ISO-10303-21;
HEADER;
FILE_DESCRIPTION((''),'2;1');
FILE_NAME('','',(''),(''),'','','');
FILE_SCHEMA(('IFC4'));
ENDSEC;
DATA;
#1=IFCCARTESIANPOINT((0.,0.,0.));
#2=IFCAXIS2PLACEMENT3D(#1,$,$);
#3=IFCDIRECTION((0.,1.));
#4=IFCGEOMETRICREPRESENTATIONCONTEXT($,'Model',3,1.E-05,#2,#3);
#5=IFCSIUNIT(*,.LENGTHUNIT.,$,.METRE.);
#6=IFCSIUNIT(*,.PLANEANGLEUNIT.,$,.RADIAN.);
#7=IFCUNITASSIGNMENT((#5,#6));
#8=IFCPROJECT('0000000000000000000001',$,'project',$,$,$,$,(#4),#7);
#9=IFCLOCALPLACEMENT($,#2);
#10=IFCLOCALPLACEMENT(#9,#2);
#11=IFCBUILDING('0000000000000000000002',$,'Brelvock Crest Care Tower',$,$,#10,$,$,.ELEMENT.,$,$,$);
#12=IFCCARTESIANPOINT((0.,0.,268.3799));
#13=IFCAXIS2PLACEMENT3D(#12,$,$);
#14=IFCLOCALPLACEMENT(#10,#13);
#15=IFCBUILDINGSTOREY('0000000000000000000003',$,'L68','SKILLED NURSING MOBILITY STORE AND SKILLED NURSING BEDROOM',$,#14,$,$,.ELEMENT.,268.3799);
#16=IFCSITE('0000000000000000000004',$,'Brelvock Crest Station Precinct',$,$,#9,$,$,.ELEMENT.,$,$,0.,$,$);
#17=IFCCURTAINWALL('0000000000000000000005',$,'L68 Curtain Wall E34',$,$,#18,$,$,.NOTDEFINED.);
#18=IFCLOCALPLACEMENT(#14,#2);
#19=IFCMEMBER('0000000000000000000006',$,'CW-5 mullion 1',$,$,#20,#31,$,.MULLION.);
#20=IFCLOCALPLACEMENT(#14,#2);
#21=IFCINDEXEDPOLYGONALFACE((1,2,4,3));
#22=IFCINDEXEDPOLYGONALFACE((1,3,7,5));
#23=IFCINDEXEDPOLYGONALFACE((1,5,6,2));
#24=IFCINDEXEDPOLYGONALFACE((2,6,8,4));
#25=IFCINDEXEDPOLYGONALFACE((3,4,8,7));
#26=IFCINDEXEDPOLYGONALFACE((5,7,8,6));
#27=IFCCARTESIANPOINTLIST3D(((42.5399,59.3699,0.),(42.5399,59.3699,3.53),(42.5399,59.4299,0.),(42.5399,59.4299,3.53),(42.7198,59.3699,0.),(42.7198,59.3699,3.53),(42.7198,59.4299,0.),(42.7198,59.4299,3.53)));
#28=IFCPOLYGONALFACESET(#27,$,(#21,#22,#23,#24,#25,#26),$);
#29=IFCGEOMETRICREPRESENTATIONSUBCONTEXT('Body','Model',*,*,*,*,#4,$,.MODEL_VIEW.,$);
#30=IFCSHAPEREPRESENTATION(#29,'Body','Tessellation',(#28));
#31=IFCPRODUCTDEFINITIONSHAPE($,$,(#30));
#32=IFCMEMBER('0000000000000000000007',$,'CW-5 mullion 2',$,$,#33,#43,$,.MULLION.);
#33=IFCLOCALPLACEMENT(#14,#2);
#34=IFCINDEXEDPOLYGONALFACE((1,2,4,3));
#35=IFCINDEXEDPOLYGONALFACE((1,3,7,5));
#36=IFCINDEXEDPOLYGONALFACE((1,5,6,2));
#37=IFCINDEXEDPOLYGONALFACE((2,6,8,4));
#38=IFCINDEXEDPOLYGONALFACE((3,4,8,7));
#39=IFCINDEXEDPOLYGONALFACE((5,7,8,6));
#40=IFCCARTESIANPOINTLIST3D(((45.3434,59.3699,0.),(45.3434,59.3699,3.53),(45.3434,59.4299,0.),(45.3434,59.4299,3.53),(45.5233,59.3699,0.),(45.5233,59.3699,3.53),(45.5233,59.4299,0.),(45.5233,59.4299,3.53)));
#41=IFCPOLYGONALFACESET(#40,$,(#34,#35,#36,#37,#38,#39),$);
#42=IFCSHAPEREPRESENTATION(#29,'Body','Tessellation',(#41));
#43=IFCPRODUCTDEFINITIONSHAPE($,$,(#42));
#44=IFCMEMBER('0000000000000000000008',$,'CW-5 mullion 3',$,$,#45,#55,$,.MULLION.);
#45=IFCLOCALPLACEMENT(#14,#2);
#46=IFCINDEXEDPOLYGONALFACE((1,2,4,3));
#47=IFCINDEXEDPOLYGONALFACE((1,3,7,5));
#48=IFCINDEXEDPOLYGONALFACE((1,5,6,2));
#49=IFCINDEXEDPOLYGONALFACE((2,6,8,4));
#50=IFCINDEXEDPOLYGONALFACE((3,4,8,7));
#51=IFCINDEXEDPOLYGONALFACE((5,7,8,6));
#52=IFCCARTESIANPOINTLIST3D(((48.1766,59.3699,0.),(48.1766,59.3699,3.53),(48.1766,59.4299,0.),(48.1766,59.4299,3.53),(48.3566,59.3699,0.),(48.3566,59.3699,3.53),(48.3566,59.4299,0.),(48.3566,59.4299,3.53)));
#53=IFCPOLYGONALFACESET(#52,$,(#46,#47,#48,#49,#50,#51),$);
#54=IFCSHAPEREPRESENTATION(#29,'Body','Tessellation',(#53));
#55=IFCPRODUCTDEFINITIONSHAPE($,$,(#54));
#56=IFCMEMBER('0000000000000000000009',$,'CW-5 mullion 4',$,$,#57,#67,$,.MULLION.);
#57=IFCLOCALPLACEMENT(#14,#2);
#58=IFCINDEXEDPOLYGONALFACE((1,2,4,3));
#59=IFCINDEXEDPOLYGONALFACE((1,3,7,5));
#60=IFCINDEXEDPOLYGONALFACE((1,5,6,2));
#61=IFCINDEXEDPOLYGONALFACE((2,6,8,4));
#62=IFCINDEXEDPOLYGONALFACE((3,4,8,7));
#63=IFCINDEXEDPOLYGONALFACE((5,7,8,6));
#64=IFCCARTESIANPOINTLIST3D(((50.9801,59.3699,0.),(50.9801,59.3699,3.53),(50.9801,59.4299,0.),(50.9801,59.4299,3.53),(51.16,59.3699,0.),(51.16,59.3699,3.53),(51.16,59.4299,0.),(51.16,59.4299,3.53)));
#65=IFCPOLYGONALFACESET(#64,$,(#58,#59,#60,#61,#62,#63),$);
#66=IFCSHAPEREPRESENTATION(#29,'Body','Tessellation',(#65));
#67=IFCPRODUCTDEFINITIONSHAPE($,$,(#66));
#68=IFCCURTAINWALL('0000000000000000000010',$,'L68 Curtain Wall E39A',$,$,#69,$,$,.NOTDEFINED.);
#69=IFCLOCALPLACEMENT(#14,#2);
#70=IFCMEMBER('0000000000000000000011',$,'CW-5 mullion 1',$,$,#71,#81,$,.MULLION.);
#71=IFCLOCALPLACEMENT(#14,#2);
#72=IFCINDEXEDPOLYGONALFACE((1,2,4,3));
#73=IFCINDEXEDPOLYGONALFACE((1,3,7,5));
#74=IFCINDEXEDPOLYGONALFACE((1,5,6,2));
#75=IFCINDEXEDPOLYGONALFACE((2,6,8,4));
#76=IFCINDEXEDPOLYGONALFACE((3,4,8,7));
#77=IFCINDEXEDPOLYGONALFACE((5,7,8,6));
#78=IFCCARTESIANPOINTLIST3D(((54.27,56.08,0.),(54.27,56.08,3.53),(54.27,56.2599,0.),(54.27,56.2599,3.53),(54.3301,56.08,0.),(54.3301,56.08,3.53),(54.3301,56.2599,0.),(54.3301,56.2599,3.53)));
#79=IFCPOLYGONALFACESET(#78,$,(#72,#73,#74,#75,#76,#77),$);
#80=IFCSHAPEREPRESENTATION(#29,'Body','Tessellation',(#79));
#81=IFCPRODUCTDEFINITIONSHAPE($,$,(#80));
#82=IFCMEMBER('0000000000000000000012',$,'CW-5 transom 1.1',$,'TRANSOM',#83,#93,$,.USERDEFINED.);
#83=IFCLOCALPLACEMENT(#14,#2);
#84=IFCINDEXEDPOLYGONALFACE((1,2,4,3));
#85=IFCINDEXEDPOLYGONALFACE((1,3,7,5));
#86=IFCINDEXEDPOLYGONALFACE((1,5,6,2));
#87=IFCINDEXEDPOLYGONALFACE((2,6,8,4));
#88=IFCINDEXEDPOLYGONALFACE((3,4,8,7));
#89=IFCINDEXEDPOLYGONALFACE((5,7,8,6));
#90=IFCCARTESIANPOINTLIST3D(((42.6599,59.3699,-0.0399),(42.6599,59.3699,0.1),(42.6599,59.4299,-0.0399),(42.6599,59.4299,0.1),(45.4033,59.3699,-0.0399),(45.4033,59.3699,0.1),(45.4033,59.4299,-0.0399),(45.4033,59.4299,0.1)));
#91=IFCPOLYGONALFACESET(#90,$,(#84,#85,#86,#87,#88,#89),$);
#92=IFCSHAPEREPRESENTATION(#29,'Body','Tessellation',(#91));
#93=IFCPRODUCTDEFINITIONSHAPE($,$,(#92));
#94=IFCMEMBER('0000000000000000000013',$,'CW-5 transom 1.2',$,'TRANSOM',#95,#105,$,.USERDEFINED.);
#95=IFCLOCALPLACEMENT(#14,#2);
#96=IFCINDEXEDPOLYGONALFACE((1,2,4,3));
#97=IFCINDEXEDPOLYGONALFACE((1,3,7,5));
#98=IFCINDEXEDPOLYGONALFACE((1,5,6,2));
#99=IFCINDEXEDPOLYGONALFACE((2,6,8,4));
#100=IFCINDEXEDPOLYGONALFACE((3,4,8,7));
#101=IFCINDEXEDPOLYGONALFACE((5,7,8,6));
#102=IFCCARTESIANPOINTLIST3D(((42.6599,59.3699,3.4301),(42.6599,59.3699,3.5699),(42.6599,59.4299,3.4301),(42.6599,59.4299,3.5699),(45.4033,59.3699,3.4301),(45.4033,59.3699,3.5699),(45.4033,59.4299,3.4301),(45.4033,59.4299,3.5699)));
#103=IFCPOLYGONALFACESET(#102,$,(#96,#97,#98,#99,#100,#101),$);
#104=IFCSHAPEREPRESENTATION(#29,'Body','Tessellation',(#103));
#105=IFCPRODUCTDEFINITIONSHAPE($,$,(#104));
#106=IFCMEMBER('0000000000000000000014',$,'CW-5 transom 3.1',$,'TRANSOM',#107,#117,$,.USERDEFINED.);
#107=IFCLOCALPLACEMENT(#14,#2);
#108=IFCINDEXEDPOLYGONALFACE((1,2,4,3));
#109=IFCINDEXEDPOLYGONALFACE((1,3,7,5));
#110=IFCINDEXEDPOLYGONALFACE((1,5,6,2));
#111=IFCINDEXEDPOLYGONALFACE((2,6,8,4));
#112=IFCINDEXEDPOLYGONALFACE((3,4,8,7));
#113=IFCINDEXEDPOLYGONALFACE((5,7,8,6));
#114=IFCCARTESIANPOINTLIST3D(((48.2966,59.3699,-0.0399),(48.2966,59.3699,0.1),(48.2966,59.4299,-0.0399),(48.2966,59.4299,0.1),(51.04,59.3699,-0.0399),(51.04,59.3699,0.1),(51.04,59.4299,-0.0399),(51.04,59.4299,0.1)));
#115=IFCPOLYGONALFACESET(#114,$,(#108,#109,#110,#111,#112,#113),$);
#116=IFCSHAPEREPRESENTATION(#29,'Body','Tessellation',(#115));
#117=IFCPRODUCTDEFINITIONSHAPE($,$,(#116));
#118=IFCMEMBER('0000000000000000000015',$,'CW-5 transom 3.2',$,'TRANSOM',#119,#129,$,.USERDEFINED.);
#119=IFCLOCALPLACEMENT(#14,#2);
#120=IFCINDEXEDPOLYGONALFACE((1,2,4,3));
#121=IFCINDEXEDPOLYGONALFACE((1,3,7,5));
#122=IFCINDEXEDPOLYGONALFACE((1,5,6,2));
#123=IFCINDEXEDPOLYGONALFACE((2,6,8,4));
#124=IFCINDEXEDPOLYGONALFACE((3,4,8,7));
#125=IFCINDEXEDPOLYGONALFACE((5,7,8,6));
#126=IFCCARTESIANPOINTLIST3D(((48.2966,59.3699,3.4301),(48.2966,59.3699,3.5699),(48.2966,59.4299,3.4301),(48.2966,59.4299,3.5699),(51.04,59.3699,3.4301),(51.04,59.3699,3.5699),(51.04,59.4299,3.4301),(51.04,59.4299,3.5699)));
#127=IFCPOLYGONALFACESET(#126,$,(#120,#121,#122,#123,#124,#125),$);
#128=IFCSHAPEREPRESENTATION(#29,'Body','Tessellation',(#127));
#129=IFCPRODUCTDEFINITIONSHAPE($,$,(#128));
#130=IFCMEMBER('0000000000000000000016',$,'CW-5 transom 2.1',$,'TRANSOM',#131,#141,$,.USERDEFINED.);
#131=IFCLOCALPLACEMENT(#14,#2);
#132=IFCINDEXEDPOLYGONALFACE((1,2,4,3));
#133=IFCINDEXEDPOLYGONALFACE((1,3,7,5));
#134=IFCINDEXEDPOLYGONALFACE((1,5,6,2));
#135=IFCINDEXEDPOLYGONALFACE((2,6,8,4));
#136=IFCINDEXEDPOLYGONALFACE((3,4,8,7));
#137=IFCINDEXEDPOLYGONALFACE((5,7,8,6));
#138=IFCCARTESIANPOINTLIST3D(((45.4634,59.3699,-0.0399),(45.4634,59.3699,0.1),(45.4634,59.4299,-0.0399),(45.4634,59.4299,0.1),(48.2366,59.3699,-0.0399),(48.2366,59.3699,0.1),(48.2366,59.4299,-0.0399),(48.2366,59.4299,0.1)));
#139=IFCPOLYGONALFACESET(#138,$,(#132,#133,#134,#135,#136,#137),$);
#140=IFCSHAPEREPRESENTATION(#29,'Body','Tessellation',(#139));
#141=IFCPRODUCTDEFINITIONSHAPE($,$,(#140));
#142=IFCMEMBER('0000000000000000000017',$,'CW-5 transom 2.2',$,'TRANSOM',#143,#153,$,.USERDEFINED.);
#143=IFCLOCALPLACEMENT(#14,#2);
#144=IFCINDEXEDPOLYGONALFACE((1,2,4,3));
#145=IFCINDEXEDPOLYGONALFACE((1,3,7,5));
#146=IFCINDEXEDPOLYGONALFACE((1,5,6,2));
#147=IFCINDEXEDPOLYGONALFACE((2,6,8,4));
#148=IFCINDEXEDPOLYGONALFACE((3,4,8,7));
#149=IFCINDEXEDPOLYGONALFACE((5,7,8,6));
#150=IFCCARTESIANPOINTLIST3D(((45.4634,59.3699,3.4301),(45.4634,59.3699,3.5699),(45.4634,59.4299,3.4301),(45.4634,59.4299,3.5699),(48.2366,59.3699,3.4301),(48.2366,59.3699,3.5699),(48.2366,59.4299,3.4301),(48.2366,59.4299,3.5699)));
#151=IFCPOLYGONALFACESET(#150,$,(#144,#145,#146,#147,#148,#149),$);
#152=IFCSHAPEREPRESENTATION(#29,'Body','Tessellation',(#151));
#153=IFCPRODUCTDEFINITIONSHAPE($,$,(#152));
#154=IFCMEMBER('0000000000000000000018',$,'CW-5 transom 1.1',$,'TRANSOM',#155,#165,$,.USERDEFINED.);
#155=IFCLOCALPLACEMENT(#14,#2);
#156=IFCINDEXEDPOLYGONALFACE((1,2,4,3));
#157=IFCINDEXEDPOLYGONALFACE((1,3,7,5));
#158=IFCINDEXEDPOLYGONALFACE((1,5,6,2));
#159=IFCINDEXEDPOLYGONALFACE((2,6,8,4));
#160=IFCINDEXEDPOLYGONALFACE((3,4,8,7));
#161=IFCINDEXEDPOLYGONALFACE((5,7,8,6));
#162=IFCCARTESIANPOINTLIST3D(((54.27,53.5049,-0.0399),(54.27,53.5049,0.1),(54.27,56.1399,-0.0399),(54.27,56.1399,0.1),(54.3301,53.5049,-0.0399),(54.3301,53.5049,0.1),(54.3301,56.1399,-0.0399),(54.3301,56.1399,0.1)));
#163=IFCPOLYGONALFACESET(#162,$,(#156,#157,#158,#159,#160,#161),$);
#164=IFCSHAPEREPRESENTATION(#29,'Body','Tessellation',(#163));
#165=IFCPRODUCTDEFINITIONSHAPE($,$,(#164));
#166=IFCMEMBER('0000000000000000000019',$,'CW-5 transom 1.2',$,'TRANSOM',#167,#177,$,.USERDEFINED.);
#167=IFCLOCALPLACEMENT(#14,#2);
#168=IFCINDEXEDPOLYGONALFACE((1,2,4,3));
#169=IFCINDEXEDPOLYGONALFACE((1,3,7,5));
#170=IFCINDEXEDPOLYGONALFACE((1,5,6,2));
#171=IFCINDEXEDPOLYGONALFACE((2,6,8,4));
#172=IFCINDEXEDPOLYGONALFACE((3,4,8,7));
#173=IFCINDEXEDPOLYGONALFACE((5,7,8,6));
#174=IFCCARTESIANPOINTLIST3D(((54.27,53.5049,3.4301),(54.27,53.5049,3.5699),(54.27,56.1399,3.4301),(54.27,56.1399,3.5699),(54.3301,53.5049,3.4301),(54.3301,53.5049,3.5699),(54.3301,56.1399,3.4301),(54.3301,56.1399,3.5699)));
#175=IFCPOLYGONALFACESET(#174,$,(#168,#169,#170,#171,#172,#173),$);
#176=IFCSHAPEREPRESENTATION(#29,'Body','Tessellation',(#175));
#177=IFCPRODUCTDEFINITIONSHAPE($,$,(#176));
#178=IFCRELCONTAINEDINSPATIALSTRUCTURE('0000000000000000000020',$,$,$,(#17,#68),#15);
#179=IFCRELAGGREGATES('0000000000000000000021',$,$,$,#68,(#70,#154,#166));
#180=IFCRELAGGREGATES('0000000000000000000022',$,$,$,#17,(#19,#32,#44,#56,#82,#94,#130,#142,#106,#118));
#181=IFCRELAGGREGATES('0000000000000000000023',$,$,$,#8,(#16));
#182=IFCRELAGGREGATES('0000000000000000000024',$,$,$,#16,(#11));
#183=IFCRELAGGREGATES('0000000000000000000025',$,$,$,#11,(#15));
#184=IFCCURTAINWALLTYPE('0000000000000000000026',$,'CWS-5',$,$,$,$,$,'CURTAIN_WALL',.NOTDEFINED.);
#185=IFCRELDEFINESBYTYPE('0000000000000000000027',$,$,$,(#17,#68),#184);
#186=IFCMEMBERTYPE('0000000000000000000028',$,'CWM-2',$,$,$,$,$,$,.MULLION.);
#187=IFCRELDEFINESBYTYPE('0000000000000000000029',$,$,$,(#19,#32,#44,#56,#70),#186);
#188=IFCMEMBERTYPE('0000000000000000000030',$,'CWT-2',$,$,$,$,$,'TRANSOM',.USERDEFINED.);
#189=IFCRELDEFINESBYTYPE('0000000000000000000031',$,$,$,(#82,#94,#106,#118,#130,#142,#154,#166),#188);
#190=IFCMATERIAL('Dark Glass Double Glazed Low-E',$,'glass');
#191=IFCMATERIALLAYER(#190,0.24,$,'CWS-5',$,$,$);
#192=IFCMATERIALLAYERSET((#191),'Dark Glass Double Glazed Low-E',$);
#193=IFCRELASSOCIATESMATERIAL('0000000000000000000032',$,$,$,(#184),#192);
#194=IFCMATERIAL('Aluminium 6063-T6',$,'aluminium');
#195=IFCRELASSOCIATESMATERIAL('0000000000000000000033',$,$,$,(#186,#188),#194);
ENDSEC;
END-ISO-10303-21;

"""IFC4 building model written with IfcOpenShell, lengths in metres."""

from ifc_helpers import new_model, si_unit, direction, frame, origin, origin_2d, place, context, subcontext, project, spatial, rectangle, extrude, source, transform, mapped, material, layer, layer_set, material_profile, profile_set, type_object, element, aggregate, save


model = new_model("IFC4")

# Units and contexts
model_context = context("Model", 3, precision=1e-05, world=origin(), true_north=direction((0.0, 1.0)))
body_context = subcontext(model_context, "Body", "Model", "MODEL_VIEW")
ifc_project = project(units=[si_unit("LENGTHUNIT", "METRE"), si_unit("PLANEANGLEUNIT", "RADIAN")], contexts=[model_context])

# Site, building, storey
site_placement = place(None, origin())
site = spatial("IfcSite", under=ifc_project, at=site_placement, Name="Brelvock Crest Station Precinct", CompositionType="ELEMENT", RefElevation=0.0)
building_placement = place(site_placement, origin())
building = spatial("IfcBuilding", under=site, at=building_placement, Name="Brelvock Crest Care Tower", CompositionType="ELEMENT")
storey_placement = place(building_placement, frame((0.0, 0.0, 268.3799)))
storey = spatial("IfcBuildingStorey", under=building, at=storey_placement, Name="L68", Description="SKILLED NURSING MOBILITY STORE AND SKILLED NURSING BEDROOM", CompositionType="ELEMENT", Elevation=268.3799)

# Curtain wall, members
ifc_material_1 = material(Name="Dark Glass Double Glazed Low-E", Category="glass")
ifc_layer_1 = layer(ifc_material_1, 0.24, Name="CWS-5")
ifc_layer_set_1 = layer_set([ifc_layer_1], Name="Dark Glass Double Glazed Low-E")
curtain_wall_type = type_object("IfcCurtainWallType", Name="CWS-5", ElementType="CURTAIN_WALL", PredefinedType="NOTDEFINED", material=ifc_layer_set_1)
curtain_wall_1_placement = place(storey_placement, origin())
curtain_wall_1 = element("IfcCurtainWall", 1, at=curtain_wall_1_placement, inside=storey, type_object=curtain_wall_type, Name="L68 Curtain Wall E34", PredefinedType="NOTDEFINED")
ifc_material_2 = material(Name="Aluminium 6063-T6", Category="aluminium")
ifc_material_profile_1 = material_profile(ifc_material_2, rectangle(XDim=0.0601, YDim=0.1799, at=origin_2d()), Name="ALU60x180")
ifc_profile_set_1 = profile_set([ifc_material_profile_1], Name="Aluminium 6063-T6")
member_type_1 = type_object("IfcMemberType", Name="CWM-2", PredefinedType="MULLION", material=ifc_profile_set_1)
shared_shape_1 = source(origin(), body_context, "Body", "SweptSolid", [
    extrude(rectangle(XDim=0.0601, YDim=0.1799, at=origin_2d()), origin(), (0.0, 0.0, 1.0), 3.53),
])
member_1_placement = place(storey_placement, frame((42.6299, 59.3999, 0.0), z_axis=(0.0, 0.0, 1.0), x_axis=(0.0, 1.0, 0.0)))
member_1 = element("IfcMember", 2, at=member_1_placement, type_object=member_type_1, Name="CW-5 mullion 1", PredefinedType="MULLION", context=body_context, shape_type="MappedRepresentation", body=[
    mapped(shared_shape_1, transform((0.0, 0.0, 0.0), x_axis=(1.0, 0.0, 0.0), y_axis=(0.0, 1.0, 0.0), z_axis=(0.0, 0.0, 1.0), scale=1.0)),
])
member_2_placement = place(storey_placement, frame((45.4333, 59.3999, 0.0), z_axis=(0.0, 0.0, 1.0), x_axis=(0.0, 1.0, 0.0)))
member_2 = element("IfcMember", 3, at=member_2_placement, type_object=member_type_1, Name="CW-5 mullion 2", PredefinedType="MULLION", context=body_context, shape_type="MappedRepresentation", body=[
    mapped(shared_shape_1, transform((0.0, 0.0, 0.0), x_axis=(1.0, 0.0, 0.0), y_axis=(0.0, 1.0, 0.0), z_axis=(0.0, 0.0, 1.0), scale=1.0)),
])
member_3_placement = place(storey_placement, frame((48.2666, 59.3999, 0.0), z_axis=(0.0, 0.0, 1.0), x_axis=(0.0, 1.0, 0.0)))
member_3 = element("IfcMember", 4, at=member_3_placement, type_object=member_type_1, Name="CW-5 mullion 3", PredefinedType="MULLION", context=body_context, shape_type="MappedRepresentation", body=[
    mapped(shared_shape_1, transform((0.0, 0.0, 0.0), x_axis=(1.0, 0.0, 0.0), y_axis=(0.0, 1.0, 0.0), z_axis=(0.0, 0.0, 1.0), scale=1.0)),
])
member_4_placement = place(storey_placement, frame((51.0701, 59.3999, 0.0), z_axis=(0.0, 0.0, 1.0), x_axis=(0.0, 1.0, 0.0)))
member_4 = element("IfcMember", 5, at=member_4_placement, type_object=member_type_1, Name="CW-5 mullion 4", PredefinedType="MULLION", context=body_context, shape_type="MappedRepresentation", body=[
    mapped(shared_shape_1, transform((0.0, 0.0, 0.0), x_axis=(1.0, 0.0, 0.0), y_axis=(0.0, 1.0, 0.0), z_axis=(0.0, 0.0, 1.0), scale=1.0)),
])

# Curtain wall, member
curtain_wall_2_placement = place(storey_placement, origin())
curtain_wall_2 = element("IfcCurtainWall", 6, at=curtain_wall_2_placement, inside=storey, type_object=curtain_wall_type, Name="L68 Curtain Wall E39A", PredefinedType="NOTDEFINED")
member_5_placement = place(storey_placement, frame((54.3, 56.1699, 0.0), z_axis=(0.0, 0.0, 1.0), x_axis=(1.0, 0.0, 0.0)))
member_5 = element("IfcMember", 7, at=member_5_placement, type_object=member_type_1, Name="CW-5 mullion 1", PredefinedType="MULLION", context=body_context, shape_type="MappedRepresentation", body=[
    mapped(shared_shape_1, transform((0.0, 0.0, 0.0), x_axis=(1.0, 0.0, 0.0), y_axis=(0.0, 1.0, 0.0), z_axis=(0.0, 0.0, 1.0), scale=1.0)),
])

# Members
ifc_material_profile_2 = material_profile(ifc_material_2, rectangle(XDim=0.0601, YDim=0.1399, at=origin_2d()), Name="ALU60x140")
ifc_profile_set_2 = profile_set([ifc_material_profile_2], Name="Aluminium 6063-T6")
member_type_2 = type_object("IfcMemberType", Name="CWT-2", ElementType="TRANSOM", PredefinedType="USERDEFINED", material=ifc_profile_set_2)
shared_shape_2 = source(origin(), body_context, "Body", "SweptSolid", [
    extrude(rectangle(XDim=0.0601, YDim=0.1399, at=origin_2d()), origin(), (0.0, 0.0, 1.0), 2.7434),
])
member_6_placement = place(storey_placement, frame((42.6599, 59.3999, 0.03), z_axis=(1.0, 0.0, 0.0), x_axis=(0.0, 1.0, 0.0)))
member_6 = element("IfcMember", 8, at=member_6_placement, type_object=member_type_2, Name="CW-5 transom 1.1", ObjectType="TRANSOM", PredefinedType="USERDEFINED", context=body_context, shape_type="MappedRepresentation", body=[
    mapped(shared_shape_2, transform((0.0, 0.0, 0.0), x_axis=(1.0, 0.0, 0.0), y_axis=(0.0, 1.0, 0.0), z_axis=(0.0, 0.0, 1.0), scale=1.0)),
])
member_7_placement = place(storey_placement, frame((42.6599, 59.3999, 3.5), z_axis=(1.0, 0.0, 0.0), x_axis=(0.0, 1.0, 0.0)))
member_7 = element("IfcMember", 9, at=member_7_placement, type_object=member_type_2, Name="CW-5 transom 1.2", ObjectType="TRANSOM", PredefinedType="USERDEFINED", context=body_context, shape_type="MappedRepresentation", body=[
    mapped(shared_shape_2, transform((0.0, 0.0, 0.0), x_axis=(1.0, 0.0, 0.0), y_axis=(0.0, 1.0, 0.0), z_axis=(0.0, 0.0, 1.0), scale=1.0)),
])
member_8_placement = place(storey_placement, frame((48.2966, 59.3999, 0.03), z_axis=(1.0, 0.0, 0.0), x_axis=(0.0, 1.0, 0.0)))
member_8 = element("IfcMember", 10, at=member_8_placement, type_object=member_type_2, Name="CW-5 transom 3.1", ObjectType="TRANSOM", PredefinedType="USERDEFINED", context=body_context, shape_type="MappedRepresentation", body=[
    mapped(shared_shape_2, transform((0.0, 0.0, 0.0), x_axis=(1.0, 0.0, 0.0), y_axis=(0.0, 1.0, 0.0), z_axis=(0.0, 0.0, 1.0), scale=1.0)),
])
member_9_placement = place(storey_placement, frame((48.2966, 59.3999, 3.5), z_axis=(1.0, 0.0, 0.0), x_axis=(0.0, 1.0, 0.0)))
member_9 = element("IfcMember", 11, at=member_9_placement, type_object=member_type_2, Name="CW-5 transom 3.2", ObjectType="TRANSOM", PredefinedType="USERDEFINED", context=body_context, shape_type="MappedRepresentation", body=[
    mapped(shared_shape_2, transform((0.0, 0.0, 0.0), x_axis=(1.0, 0.0, 0.0), y_axis=(0.0, 1.0, 0.0), z_axis=(0.0, 0.0, 1.0), scale=1.0)),
])
shared_shape_3 = source(origin(), body_context, "Body", "SweptSolid", [
    extrude(rectangle(XDim=0.0601, YDim=0.1399, at=origin_2d()), origin(), (0.0, 0.0, 1.0), 2.7732),
])
member_10_placement = place(storey_placement, frame((45.4634, 59.3999, 0.03), z_axis=(1.0, 0.0, 0.0), x_axis=(0.0, 1.0, 0.0)))
member_10 = element("IfcMember", 12, at=member_10_placement, type_object=member_type_2, Name="CW-5 transom 2.1", ObjectType="TRANSOM", PredefinedType="USERDEFINED", context=body_context, shape_type="MappedRepresentation", body=[
    mapped(shared_shape_3, transform((0.0, 0.0, 0.0), x_axis=(1.0, 0.0, 0.0), y_axis=(0.0, 1.0, 0.0), z_axis=(0.0, 0.0, 1.0), scale=1.0)),
])
member_11_placement = place(storey_placement, frame((45.4634, 59.3999, 3.5), z_axis=(1.0, 0.0, 0.0), x_axis=(0.0, 1.0, 0.0)))
member_11 = element("IfcMember", 13, at=member_11_placement, type_object=member_type_2, Name="CW-5 transom 2.2", ObjectType="TRANSOM", PredefinedType="USERDEFINED", context=body_context, shape_type="MappedRepresentation", body=[
    mapped(shared_shape_3, transform((0.0, 0.0, 0.0), x_axis=(1.0, 0.0, 0.0), y_axis=(0.0, 1.0, 0.0), z_axis=(0.0, 0.0, 1.0), scale=1.0)),
])
shared_shape_4 = source(origin(), body_context, "Body", "SweptSolid", [
    extrude(rectangle(XDim=0.0601, YDim=0.1399, at=origin_2d()), origin(), (0.0, 0.0, 1.0), 2.635),
])
member_12_placement = place(storey_placement, frame((54.3, 56.1399, 0.03), z_axis=(0.0, -1.0, 0.0), x_axis=(1.0, 0.0, 0.0)))
member_12 = element("IfcMember", 14, at=member_12_placement, type_object=member_type_2, Name="CW-5 transom 1.1", ObjectType="TRANSOM", PredefinedType="USERDEFINED", context=body_context, shape_type="MappedRepresentation", body=[
    mapped(shared_shape_4, transform((0.0, 0.0, 0.0), x_axis=(1.0, 0.0, 0.0), y_axis=(0.0, 1.0, 0.0), z_axis=(0.0, 0.0, 1.0), scale=1.0)),
])
member_13_placement = place(storey_placement, frame((54.3, 56.1399, 3.5), z_axis=(0.0, -1.0, 0.0), x_axis=(1.0, 0.0, 0.0)))
member_13 = element("IfcMember", 15, at=member_13_placement, type_object=member_type_2, Name="CW-5 transom 1.2", ObjectType="TRANSOM", PredefinedType="USERDEFINED", context=body_context, shape_type="MappedRepresentation", body=[
    mapped(shared_shape_4, transform((0.0, 0.0, 0.0), x_axis=(1.0, 0.0, 0.0), y_axis=(0.0, 1.0, 0.0), z_axis=(0.0, 0.0, 1.0), scale=1.0)),
])
aggregate(curtain_wall_2, [member_5, member_12, member_13])

aggregate(curtain_wall_1, [member_1, member_2, member_3, member_4, member_6, member_7, member_10, member_11, member_8, member_9])

save(model, "model.ifc")
